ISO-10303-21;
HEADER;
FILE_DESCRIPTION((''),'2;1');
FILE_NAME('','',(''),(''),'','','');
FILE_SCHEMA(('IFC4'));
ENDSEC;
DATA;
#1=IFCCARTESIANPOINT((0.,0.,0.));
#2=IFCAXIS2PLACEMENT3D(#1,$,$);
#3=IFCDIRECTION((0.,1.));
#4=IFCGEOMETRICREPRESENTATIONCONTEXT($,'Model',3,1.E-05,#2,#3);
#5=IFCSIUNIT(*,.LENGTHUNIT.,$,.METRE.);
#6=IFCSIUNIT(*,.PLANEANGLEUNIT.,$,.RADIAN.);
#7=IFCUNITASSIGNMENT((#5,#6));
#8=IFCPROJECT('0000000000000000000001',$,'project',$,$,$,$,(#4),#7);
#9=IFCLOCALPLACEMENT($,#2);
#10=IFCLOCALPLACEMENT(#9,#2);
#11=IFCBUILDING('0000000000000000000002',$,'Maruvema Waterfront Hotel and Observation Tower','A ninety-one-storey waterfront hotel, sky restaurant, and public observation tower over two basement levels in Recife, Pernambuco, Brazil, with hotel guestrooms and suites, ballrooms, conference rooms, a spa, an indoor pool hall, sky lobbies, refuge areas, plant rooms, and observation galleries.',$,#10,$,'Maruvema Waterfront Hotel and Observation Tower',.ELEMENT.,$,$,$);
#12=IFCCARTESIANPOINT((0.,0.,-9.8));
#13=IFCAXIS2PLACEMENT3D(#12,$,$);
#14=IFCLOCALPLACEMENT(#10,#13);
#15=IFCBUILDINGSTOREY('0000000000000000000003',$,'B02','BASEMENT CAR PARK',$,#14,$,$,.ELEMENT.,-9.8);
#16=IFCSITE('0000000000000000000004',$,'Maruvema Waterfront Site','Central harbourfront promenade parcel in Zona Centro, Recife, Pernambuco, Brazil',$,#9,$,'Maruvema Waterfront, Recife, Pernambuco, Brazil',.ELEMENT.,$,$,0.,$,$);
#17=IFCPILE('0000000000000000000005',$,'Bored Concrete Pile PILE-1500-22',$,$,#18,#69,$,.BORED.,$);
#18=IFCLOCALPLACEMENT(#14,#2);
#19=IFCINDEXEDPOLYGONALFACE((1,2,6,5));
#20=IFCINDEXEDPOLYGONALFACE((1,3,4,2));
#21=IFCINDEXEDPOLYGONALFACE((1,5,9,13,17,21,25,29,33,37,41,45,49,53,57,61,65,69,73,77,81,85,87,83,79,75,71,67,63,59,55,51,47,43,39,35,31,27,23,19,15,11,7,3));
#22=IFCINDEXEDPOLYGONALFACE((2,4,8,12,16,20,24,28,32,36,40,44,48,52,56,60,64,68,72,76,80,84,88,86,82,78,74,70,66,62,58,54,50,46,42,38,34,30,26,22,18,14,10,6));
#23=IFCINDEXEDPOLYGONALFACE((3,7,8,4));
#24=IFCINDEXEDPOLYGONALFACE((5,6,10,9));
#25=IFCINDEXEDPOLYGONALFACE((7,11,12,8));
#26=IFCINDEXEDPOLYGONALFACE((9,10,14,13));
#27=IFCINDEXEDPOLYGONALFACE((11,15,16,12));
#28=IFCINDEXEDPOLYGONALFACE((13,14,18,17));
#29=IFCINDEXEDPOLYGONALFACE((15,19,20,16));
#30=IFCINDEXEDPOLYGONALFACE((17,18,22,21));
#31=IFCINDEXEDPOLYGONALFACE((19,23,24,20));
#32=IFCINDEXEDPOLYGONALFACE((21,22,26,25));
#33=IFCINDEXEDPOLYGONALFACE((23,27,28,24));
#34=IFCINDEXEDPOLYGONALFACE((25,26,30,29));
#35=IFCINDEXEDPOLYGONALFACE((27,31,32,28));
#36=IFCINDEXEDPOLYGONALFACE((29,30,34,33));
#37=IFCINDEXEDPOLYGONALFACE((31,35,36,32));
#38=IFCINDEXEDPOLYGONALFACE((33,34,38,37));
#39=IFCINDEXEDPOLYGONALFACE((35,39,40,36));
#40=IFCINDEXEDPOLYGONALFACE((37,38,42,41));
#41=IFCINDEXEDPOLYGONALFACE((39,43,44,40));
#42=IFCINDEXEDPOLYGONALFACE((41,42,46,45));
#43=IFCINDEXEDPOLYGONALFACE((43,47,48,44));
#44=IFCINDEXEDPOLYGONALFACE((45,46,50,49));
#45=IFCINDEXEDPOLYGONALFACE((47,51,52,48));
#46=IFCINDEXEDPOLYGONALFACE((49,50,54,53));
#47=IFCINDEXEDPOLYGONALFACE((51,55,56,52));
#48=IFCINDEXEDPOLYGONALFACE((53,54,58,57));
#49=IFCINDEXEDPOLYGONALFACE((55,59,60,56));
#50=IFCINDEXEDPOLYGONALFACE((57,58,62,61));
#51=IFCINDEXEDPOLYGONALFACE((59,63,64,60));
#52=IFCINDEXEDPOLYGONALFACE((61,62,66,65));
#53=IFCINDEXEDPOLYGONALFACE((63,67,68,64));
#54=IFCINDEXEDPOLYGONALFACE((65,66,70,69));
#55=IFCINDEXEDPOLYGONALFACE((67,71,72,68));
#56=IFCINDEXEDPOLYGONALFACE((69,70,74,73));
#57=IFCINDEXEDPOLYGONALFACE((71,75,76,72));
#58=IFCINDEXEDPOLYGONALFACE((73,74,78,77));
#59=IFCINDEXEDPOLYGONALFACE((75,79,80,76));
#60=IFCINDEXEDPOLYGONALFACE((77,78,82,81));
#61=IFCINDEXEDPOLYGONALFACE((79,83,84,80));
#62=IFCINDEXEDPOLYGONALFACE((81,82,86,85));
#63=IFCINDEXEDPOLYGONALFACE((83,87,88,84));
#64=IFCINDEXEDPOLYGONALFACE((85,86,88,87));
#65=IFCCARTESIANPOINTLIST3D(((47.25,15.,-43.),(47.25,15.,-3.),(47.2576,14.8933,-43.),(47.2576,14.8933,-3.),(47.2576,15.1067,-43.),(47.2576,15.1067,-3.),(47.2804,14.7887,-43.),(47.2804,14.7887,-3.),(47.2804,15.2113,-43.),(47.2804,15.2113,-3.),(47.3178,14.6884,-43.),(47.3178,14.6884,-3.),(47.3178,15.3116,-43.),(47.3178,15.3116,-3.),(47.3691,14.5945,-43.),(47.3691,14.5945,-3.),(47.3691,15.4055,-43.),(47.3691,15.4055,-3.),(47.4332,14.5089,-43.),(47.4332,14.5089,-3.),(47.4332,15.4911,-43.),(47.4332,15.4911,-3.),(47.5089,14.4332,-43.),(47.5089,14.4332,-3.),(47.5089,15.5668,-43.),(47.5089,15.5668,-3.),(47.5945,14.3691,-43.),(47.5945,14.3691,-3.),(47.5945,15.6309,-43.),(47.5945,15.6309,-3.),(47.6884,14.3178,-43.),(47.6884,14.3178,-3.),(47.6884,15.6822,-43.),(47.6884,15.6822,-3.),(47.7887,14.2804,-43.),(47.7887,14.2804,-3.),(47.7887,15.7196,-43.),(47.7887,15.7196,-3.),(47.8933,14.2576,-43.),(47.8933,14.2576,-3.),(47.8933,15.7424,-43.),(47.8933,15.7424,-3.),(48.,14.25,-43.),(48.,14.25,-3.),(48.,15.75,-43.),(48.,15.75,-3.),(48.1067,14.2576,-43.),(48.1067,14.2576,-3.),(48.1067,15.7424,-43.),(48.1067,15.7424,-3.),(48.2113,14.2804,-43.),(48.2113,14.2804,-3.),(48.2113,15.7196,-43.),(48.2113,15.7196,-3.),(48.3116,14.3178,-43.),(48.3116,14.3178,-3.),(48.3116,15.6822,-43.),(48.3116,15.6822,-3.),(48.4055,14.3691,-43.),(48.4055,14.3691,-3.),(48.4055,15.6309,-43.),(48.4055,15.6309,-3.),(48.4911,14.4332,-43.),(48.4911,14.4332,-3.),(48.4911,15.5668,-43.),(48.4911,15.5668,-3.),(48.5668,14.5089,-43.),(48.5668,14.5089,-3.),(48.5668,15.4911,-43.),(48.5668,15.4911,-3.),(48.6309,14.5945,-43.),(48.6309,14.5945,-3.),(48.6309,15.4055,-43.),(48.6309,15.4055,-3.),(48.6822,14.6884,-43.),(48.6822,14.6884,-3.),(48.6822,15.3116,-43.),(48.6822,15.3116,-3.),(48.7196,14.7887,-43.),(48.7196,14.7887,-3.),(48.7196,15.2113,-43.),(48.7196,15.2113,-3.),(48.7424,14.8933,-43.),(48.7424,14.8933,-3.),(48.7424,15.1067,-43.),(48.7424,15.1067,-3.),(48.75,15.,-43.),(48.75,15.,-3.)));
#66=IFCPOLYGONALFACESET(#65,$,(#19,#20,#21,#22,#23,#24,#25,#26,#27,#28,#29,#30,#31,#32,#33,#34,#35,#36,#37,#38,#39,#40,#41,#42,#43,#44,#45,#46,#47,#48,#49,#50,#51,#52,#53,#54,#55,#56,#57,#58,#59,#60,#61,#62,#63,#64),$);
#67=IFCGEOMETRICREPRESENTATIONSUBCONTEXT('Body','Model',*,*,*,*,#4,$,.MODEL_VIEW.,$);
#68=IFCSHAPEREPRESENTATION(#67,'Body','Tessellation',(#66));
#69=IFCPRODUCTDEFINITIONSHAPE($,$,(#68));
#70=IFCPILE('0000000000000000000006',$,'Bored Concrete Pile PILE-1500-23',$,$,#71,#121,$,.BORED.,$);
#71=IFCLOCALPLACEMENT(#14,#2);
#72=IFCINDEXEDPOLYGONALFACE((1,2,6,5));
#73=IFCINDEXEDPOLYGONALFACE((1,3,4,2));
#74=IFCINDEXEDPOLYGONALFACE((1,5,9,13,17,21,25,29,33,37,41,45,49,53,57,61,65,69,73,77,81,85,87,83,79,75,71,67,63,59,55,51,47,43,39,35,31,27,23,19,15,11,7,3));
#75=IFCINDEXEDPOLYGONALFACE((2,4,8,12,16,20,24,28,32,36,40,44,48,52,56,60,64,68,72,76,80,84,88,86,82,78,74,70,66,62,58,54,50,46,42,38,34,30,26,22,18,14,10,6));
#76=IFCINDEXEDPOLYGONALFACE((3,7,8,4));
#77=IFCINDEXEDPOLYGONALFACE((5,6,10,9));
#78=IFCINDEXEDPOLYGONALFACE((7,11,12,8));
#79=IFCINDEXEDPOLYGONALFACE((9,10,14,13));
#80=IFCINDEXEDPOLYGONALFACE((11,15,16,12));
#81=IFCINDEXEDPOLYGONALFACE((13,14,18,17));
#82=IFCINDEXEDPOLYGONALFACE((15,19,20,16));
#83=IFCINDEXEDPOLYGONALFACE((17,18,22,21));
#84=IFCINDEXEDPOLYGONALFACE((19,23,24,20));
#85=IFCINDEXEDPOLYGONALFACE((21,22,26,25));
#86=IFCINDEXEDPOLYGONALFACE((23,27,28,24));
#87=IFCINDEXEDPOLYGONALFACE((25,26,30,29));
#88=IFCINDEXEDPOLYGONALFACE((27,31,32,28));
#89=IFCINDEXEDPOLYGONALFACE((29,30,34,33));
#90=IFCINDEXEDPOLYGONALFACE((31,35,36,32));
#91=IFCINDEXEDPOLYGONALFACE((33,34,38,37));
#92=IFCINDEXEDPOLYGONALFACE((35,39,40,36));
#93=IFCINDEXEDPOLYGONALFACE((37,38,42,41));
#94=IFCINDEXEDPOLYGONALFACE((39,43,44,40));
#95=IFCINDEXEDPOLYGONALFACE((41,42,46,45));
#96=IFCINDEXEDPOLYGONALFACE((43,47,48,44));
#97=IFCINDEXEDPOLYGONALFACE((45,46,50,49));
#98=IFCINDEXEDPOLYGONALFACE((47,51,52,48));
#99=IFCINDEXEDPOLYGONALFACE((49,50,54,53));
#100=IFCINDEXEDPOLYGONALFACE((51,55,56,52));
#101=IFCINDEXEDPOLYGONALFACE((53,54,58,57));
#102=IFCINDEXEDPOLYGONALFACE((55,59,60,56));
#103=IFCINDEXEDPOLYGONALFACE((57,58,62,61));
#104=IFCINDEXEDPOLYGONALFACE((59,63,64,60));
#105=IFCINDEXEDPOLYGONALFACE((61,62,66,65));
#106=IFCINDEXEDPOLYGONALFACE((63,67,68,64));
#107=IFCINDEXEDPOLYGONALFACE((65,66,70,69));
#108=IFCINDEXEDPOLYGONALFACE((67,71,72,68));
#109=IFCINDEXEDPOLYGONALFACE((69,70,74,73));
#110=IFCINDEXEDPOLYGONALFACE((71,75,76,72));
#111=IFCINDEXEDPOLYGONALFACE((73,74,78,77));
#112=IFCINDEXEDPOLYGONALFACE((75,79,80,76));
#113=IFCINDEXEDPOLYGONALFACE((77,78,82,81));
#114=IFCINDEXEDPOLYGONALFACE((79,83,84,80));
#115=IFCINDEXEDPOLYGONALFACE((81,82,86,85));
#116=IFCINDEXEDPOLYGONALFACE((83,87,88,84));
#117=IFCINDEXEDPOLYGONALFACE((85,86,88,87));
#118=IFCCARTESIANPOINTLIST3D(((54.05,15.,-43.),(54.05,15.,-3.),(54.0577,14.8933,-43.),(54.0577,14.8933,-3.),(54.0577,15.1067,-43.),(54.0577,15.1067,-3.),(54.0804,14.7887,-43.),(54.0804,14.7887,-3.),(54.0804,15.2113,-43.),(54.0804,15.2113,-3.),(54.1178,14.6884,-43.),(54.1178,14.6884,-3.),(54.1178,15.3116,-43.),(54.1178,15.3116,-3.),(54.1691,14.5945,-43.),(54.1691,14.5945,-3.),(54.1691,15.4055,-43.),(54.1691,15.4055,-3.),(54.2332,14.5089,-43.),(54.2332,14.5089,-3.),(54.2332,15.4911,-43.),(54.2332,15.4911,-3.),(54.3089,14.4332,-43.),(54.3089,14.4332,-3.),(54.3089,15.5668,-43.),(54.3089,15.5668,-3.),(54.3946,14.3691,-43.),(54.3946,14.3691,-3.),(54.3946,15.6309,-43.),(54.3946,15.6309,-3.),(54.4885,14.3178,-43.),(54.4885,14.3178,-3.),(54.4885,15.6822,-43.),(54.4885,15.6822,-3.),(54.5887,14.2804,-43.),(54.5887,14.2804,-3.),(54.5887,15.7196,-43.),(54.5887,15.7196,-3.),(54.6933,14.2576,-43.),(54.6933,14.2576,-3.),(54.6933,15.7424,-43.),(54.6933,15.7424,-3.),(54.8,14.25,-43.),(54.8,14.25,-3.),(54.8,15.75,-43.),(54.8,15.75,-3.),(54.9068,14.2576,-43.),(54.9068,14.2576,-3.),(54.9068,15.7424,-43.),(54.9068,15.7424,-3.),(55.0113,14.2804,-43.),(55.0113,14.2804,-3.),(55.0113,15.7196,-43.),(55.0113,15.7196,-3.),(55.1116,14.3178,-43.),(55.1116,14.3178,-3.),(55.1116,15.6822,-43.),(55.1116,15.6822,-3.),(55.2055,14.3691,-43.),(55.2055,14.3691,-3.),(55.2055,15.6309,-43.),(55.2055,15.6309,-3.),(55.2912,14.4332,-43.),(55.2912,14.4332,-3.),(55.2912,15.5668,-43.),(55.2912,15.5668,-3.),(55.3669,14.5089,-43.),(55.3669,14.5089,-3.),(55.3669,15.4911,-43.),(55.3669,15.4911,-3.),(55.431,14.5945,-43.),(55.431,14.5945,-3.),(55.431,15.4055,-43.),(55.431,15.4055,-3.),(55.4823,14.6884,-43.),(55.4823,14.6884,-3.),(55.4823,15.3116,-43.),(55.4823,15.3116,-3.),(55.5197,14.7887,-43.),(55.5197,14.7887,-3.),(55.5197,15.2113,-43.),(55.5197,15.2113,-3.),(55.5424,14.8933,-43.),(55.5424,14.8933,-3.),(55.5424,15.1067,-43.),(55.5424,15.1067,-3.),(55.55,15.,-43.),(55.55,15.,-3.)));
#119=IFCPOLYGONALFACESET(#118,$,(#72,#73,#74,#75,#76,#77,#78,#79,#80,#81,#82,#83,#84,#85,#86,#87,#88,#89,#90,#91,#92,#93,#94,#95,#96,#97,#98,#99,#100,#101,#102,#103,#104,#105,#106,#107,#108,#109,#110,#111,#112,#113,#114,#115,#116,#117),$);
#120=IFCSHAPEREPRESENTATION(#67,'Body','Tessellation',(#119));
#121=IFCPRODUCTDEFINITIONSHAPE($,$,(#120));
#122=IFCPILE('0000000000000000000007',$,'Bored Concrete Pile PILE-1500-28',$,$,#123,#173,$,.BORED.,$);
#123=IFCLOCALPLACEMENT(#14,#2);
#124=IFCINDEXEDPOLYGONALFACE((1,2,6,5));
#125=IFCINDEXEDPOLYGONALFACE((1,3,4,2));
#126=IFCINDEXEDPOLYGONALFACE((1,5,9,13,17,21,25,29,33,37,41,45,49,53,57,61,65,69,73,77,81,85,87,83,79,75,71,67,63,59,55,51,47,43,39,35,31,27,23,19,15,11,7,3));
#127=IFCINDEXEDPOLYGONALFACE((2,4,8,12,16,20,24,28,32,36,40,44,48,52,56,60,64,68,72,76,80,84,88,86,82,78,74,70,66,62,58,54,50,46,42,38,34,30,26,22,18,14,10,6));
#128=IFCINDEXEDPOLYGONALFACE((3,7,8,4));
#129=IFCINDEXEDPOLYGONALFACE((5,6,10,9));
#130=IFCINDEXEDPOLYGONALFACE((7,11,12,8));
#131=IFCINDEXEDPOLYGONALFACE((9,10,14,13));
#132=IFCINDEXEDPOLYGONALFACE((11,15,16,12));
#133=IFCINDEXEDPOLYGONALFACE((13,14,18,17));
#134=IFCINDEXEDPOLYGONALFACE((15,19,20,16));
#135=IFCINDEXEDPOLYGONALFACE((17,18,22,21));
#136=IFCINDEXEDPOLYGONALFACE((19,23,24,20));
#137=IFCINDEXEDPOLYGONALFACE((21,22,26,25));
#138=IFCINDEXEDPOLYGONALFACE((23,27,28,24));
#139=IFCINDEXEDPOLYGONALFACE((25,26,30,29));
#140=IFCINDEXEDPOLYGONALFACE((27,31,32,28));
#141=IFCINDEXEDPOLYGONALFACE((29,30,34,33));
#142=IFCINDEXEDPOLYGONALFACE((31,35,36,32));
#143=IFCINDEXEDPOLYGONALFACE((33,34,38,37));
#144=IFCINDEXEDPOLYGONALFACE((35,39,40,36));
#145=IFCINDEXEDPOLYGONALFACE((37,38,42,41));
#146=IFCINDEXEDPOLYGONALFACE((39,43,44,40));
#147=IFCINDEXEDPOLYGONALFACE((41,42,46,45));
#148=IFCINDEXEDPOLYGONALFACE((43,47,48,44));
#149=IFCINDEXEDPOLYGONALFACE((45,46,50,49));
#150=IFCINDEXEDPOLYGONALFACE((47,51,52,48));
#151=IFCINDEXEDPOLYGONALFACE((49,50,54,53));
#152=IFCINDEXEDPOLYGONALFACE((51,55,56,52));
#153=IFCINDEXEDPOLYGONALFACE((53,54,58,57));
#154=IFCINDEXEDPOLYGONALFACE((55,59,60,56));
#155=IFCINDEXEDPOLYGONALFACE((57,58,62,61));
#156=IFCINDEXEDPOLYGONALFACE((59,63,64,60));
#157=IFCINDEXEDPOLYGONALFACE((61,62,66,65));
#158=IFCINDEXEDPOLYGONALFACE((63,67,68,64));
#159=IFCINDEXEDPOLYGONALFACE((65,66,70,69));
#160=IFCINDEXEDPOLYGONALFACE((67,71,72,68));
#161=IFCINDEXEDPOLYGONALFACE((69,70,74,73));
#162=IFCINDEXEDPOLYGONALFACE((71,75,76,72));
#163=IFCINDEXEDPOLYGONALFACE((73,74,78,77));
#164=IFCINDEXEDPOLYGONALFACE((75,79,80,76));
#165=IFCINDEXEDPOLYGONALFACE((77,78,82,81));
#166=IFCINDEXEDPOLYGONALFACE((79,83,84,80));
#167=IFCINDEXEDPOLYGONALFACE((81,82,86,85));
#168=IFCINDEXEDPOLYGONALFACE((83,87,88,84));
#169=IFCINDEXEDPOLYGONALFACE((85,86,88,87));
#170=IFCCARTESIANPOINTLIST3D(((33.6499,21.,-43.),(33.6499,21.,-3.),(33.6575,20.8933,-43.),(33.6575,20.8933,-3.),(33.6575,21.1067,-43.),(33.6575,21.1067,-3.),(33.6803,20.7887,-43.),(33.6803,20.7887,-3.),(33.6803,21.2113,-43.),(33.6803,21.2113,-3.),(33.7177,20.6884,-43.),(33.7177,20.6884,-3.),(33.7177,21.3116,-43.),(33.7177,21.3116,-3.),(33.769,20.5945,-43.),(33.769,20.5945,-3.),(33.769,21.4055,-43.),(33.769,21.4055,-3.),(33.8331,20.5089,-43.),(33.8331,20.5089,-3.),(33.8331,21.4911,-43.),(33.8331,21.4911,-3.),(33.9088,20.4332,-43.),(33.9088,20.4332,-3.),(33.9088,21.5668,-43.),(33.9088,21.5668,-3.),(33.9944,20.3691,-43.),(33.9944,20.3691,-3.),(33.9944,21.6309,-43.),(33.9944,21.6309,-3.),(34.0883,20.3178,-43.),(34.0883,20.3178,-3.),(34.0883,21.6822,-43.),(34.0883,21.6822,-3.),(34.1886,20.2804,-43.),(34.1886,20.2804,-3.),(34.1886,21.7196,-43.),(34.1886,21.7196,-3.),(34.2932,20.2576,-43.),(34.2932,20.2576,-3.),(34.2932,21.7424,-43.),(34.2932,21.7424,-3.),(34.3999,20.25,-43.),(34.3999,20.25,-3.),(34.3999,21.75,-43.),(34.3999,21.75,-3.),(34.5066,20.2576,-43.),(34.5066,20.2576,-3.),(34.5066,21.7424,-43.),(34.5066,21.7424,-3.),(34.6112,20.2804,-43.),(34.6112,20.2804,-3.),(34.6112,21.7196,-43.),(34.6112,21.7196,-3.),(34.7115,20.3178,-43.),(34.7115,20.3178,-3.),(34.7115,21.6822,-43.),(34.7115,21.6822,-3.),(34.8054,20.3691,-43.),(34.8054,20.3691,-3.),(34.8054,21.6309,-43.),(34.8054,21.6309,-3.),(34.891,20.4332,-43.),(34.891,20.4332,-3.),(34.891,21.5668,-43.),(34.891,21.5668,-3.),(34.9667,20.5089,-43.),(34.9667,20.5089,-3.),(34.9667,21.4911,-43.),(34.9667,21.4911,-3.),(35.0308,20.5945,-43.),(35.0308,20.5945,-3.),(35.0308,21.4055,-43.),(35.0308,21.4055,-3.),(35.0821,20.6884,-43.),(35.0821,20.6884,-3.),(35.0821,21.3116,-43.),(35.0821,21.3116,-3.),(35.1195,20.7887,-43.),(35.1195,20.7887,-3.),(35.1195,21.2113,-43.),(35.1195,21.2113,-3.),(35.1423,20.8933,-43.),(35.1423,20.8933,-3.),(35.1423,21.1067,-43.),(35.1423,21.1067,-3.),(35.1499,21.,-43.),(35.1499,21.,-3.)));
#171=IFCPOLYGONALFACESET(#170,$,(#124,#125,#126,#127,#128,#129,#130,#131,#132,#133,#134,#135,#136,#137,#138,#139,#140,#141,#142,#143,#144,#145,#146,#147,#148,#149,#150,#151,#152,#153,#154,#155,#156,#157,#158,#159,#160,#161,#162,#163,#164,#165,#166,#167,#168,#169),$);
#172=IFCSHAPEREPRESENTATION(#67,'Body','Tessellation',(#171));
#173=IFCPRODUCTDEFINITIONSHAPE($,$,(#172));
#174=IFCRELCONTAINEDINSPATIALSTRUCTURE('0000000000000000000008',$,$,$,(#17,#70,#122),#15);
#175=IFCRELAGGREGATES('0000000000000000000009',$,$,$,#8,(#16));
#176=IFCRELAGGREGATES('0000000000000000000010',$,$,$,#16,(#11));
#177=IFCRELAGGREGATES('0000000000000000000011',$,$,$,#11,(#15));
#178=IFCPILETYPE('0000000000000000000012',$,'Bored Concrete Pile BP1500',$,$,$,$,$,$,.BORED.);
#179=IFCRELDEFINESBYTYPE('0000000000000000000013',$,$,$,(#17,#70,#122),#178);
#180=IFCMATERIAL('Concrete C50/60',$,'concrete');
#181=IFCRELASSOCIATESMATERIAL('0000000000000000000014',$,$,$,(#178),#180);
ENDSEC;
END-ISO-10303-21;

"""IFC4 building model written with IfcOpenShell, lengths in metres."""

from ifc_helpers import new_model, si_unit, direction, frame, origin, origin_2d, place, context, subcontext, project, spatial, circle, extrude, material, material_profile, profile_set, type_object, element, save


model = new_model("IFC4")

# Units and contexts
model_context = context("Model", 3, precision=1e-05, world=origin(), true_north=direction((0.0, 1.0)))
body_context = subcontext(model_context, "Body", "Model", "MODEL_VIEW")
ifc_project = project(units=[si_unit("LENGTHUNIT", "METRE"), si_unit("PLANEANGLEUNIT", "RADIAN")], contexts=[model_context])

# Site, building, storey
site_placement = place(None, origin())
site = spatial("IfcSite", under=ifc_project, at=site_placement, Name="Maruvema Waterfront Site", Description="Central harbourfront promenade parcel in Zona Centro, Recife, Pernambuco, Brazil", LongName="Maruvema Waterfront, Recife, Pernambuco, Brazil", CompositionType="ELEMENT", RefElevation=0.0)
building_placement = place(site_placement, origin())
building = spatial("IfcBuilding", under=site, at=building_placement, Name="Maruvema Waterfront Hotel and Observation Tower", Description="A ninety-one-storey waterfront hotel, sky restaurant, and public observation tower over two basement levels in Recife, Pernambuco, Brazil, with hotel guestrooms and suites, ballrooms, conference rooms, a spa, an indoor pool hall, sky lobbies, refuge areas, plant rooms, and observation galleries.", LongName="Maruvema Waterfront Hotel and Observation Tower", CompositionType="ELEMENT")
storey_placement = place(building_placement, frame((0.0, 0.0, -9.8)))
storey = spatial("IfcBuildingStorey", under=building, at=storey_placement, Name="B02", Description="BASEMENT CAR PARK", CompositionType="ELEMENT", Elevation=-9.8)

# Piles
ifc_material_1 = material(Name="Concrete C50/60", Category="concrete")
ifc_material_profile_1 = material_profile(ifc_material_1, circle(Radius=0.75, at=origin_2d()), Name="BP1500")
ifc_profile_set_1 = profile_set([ifc_material_profile_1], Name="Concrete C50/60")
pile_type = type_object("IfcPileType", Name="Bored Concrete Pile BP1500", PredefinedType="BORED", material=ifc_profile_set_1)
for number, where, z_axis, x_axis, name in (
    (1, (48.0, 15.0, -3.0), (0.0, 0.0, -1.0), (1.0, 0.0, 0.0), "Bored Concrete Pile PILE-1500-22"),
    (2, (54.8, 15.0, -3.0), (0.0, 0.0, -1.0), (1.0, 0.0, 0.0), "Bored Concrete Pile PILE-1500-23"),
    (3, (34.3999, 21.0, -3.0), (0.0, 0.0, -1.0), (1.0, 0.0, 0.0), "Bored Concrete Pile PILE-1500-28"),
):
    element("IfcPile", number, at=place(storey_placement, frame(where, z_axis=z_axis, x_axis=x_axis)), inside=storey, type_object=pile_type, Name=name, PredefinedType="BORED", context=body_context, shape_type="SweptSolid", body=[
        extrude(circle(Radius=0.75, at=origin_2d()), origin(), (0.0, 0.0, 1.0), 40.0),
    ])

save(model, "model.ifc")
